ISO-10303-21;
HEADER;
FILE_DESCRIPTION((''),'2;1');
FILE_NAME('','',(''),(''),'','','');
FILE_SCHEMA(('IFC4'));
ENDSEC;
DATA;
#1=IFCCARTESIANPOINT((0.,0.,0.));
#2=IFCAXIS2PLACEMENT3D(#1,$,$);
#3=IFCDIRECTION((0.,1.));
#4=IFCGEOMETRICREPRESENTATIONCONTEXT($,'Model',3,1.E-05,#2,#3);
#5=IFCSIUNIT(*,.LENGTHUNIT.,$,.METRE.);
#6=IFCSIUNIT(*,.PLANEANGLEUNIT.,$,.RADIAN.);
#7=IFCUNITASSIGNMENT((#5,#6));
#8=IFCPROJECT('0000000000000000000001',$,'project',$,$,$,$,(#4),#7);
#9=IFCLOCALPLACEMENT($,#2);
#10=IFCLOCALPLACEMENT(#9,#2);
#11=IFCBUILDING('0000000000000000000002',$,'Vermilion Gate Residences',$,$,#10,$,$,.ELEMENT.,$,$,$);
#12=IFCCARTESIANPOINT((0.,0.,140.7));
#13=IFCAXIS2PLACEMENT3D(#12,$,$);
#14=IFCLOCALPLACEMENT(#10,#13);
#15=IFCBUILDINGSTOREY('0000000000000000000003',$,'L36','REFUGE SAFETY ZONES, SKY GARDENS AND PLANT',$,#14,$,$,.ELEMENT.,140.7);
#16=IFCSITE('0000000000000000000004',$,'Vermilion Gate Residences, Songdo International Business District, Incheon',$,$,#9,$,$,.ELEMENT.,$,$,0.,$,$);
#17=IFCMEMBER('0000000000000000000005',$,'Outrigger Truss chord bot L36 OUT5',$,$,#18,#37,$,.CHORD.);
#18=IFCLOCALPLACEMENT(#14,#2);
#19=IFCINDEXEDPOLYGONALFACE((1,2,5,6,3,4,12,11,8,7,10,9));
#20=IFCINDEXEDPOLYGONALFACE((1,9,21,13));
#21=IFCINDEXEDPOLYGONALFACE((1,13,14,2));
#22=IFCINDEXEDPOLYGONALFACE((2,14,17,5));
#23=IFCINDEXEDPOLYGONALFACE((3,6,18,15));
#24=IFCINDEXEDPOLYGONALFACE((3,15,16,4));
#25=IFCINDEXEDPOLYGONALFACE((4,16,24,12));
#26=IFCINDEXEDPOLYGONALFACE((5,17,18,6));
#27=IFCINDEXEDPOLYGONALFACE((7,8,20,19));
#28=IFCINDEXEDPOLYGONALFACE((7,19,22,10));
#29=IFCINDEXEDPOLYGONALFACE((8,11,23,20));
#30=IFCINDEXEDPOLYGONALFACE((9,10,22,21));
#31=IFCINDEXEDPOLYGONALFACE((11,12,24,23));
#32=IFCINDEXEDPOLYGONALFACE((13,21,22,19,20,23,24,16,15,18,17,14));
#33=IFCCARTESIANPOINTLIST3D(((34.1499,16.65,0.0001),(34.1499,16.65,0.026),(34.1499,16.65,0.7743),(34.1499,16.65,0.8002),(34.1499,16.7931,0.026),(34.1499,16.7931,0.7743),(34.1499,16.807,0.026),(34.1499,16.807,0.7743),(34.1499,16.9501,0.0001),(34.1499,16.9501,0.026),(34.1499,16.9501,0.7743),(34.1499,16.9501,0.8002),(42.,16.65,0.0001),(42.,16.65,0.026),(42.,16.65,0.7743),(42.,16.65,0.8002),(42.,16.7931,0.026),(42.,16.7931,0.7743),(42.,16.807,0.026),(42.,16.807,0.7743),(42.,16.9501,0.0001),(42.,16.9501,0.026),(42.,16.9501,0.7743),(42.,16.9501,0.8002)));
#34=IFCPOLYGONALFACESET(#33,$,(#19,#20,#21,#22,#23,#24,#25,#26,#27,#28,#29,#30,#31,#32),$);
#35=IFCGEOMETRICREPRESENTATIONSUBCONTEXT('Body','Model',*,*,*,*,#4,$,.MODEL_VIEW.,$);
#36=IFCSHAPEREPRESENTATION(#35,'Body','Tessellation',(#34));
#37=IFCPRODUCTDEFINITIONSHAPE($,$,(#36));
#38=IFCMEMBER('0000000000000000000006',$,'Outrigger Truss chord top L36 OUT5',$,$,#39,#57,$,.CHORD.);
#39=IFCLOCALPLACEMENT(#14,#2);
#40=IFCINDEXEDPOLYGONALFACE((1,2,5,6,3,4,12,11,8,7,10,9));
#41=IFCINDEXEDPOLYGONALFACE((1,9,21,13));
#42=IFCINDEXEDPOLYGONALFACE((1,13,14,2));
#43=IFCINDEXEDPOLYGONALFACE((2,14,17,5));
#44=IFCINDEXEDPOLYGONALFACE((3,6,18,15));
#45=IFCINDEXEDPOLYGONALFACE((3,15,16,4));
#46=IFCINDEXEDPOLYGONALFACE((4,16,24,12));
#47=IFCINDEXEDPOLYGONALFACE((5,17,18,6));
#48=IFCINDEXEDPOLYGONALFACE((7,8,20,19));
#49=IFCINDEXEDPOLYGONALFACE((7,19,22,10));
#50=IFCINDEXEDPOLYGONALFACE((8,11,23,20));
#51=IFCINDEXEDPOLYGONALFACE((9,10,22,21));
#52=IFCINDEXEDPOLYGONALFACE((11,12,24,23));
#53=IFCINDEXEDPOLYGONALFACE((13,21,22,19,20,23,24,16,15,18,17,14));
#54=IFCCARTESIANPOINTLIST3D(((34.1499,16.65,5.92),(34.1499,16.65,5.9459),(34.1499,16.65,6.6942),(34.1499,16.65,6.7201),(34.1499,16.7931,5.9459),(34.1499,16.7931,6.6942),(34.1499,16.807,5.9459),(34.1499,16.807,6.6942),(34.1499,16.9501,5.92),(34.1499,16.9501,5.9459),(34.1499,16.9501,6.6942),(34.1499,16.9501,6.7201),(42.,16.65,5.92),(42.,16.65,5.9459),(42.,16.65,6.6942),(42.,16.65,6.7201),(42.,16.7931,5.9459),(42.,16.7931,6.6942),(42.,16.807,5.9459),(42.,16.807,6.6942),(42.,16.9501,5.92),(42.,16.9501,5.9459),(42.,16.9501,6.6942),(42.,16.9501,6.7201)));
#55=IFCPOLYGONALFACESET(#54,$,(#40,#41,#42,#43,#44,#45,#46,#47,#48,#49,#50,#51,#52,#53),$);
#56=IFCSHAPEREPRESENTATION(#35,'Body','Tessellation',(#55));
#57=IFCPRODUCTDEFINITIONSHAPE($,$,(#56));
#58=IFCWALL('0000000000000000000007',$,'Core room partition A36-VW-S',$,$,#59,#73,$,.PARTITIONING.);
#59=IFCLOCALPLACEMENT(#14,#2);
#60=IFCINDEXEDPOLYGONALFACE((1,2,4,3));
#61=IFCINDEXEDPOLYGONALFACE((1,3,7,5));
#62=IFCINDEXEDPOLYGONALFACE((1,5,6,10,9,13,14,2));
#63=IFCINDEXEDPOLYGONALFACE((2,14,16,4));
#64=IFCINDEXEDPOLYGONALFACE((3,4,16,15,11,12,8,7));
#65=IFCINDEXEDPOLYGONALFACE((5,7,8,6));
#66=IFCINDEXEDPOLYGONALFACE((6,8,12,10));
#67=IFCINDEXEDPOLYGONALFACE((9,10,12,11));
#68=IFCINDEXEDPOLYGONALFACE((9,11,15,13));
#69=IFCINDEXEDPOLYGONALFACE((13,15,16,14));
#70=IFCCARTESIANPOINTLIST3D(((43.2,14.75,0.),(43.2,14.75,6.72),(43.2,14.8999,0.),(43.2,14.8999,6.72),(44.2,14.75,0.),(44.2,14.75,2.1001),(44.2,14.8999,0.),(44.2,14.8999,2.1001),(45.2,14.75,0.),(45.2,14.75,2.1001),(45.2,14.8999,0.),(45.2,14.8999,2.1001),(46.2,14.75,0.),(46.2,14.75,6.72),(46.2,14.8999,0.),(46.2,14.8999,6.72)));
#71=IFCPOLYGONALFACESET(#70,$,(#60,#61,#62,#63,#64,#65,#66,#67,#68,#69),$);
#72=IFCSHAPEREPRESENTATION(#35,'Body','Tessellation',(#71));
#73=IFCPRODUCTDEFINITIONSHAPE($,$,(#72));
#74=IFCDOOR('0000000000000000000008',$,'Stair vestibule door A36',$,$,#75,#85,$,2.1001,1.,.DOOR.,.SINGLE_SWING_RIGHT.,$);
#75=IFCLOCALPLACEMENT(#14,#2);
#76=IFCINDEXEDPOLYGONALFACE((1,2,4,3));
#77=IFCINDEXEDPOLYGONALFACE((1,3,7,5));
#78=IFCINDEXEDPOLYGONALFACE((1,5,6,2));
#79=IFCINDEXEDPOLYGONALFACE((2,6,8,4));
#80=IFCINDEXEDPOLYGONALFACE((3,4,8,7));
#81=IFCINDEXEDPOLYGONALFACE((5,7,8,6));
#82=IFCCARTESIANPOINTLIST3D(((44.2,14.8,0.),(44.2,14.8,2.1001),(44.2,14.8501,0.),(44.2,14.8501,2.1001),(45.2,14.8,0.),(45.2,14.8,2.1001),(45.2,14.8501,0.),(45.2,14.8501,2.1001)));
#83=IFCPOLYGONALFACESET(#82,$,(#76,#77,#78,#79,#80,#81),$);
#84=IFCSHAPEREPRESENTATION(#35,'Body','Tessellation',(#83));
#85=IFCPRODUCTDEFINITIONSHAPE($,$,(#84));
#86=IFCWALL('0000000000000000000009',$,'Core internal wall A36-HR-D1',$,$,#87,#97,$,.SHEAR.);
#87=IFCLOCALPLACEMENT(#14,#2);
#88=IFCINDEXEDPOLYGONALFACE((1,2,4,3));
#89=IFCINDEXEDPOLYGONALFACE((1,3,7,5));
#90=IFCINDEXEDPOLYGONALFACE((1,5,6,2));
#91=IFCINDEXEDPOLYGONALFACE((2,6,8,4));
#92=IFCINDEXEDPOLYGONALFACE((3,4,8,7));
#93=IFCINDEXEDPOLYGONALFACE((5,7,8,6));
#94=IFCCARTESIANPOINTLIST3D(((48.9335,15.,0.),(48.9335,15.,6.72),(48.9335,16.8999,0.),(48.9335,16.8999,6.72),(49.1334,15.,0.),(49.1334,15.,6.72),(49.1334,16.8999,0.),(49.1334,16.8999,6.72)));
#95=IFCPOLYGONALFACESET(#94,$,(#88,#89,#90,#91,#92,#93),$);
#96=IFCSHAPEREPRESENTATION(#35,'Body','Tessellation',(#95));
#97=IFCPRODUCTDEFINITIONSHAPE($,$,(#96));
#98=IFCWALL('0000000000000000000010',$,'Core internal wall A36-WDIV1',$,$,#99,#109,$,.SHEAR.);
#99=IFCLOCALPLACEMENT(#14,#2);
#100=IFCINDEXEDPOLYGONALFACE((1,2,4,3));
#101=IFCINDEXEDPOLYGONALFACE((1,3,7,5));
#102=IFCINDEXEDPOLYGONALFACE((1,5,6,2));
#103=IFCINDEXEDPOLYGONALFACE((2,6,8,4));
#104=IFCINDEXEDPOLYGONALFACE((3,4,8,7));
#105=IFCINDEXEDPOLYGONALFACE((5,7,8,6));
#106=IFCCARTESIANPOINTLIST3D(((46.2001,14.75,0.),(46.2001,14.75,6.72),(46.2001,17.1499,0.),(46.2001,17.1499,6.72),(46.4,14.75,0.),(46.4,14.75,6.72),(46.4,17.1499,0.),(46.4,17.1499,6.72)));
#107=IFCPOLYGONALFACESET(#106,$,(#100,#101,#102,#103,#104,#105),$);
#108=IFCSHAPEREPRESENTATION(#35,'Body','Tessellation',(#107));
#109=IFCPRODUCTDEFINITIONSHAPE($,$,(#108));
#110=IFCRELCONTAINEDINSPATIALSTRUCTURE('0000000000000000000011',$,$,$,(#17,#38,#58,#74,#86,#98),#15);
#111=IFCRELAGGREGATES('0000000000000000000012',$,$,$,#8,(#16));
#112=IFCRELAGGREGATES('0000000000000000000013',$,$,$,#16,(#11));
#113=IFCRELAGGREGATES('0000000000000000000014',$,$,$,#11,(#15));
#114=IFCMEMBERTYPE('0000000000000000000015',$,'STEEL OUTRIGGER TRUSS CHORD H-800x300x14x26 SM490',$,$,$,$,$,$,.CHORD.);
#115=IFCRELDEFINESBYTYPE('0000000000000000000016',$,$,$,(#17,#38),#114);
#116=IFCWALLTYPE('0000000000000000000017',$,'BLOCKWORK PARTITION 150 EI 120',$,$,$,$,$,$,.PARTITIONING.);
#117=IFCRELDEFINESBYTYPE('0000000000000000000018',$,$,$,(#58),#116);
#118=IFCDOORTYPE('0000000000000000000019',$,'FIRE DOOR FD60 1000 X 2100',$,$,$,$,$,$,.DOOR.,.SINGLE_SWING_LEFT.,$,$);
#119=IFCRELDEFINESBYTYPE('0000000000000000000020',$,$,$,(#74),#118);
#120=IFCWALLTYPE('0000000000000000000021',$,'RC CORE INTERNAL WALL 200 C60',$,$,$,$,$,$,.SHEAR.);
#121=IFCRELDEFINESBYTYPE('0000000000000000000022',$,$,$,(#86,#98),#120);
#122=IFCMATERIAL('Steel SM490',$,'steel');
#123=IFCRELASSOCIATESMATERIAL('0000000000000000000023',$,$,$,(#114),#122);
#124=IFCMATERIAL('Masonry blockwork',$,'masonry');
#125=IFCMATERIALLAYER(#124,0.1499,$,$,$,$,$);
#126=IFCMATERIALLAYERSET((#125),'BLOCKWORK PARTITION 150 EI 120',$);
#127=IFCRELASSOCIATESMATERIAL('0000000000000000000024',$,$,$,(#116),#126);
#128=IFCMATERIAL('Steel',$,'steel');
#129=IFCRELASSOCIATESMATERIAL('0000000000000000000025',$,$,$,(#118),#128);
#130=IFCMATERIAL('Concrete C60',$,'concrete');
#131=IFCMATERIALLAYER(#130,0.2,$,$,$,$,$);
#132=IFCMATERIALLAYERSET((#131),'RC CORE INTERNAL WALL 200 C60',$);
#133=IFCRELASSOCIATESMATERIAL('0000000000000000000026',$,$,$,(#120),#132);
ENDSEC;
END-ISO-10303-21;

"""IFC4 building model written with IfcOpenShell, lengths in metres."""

from ifc_helpers import new_model, si_unit, direction, frame, frame_2d, origin, origin_2d, place, context, subcontext, project, spatial, rectangle, i_section, extrude, material, layer, layer_set, material_profile, profile_set, type_object, element, fill, save


model = new_model("IFC4")

# Units and contexts
model_context = context("Model", 3, precision=1e-05, world=origin(), true_north=direction((0.0, 1.0)))
body_context = subcontext(model_context, "Body", "Model", "MODEL_VIEW")
ifc_project = project(units=[si_unit("LENGTHUNIT", "METRE"), si_unit("PLANEANGLEUNIT", "RADIAN")], contexts=[model_context])

# Site, building, storey
site_placement = place(None, origin())
site = spatial("IfcSite", under=ifc_project, at=site_placement, Name="Vermilion Gate Residences, Songdo International Business District, Incheon", CompositionType="ELEMENT", RefElevation=0.0)
building_placement = place(site_placement, origin())
building = spatial("IfcBuilding", under=site, at=building_placement, Name="Vermilion Gate Residences", CompositionType="ELEMENT")
storey_placement = place(building_placement, frame((0.0, 0.0, 140.7)))
storey = spatial("IfcBuildingStorey", under=building, at=storey_placement, Name="L36", Description="REFUGE SAFETY ZONES, SKY GARDENS AND PLANT", CompositionType="ELEMENT", Elevation=140.7)

# Members
ifc_material_1 = material(Name="Steel SM490", Category="steel")
ifc_material_profile = material_profile(ifc_material_1, i_section(OverallWidth=0.3, OverallDepth=0.8, WebThickness=0.0139, FlangeThickness=0.0259, at=origin_2d()), Name="H-800x300x14x26")
ifc_profile_set = profile_set([ifc_material_profile], Name="Steel SM490")
member_type = type_object("IfcMemberType", Name="STEEL OUTRIGGER TRUSS CHORD H-800x300x14x26 SM490", PredefinedType="CHORD", material=ifc_profile_set)
for number, where, z_axis, x_axis, name in (
    (1, (42.0, 16.8, 0.4001), (-1.0, 0.0, 0.0), (0.0, -1.0, 0.0), "Outrigger Truss chord bot L36 OUT5"),
    (2, (42.0, 16.8, 6.3201), (-1.0, 0.0, 0.0), (0.0, -1.0, 0.0), "Outrigger Truss chord top L36 OUT5"),
):
    element("IfcMember", number, at=place(storey_placement, frame(where, z_axis=z_axis, x_axis=x_axis)), inside=storey, type_object=member_type, Name=name, PredefinedType="CHORD", context=body_context, shape_type="SweptSolid", body=[
        extrude(i_section(OverallWidth=0.3, OverallDepth=0.8, WebThickness=0.0139, FlangeThickness=0.0259, at=origin_2d()), origin(), (0.0, 0.0, 1.0), 7.8501),
    ])

# Wall, opening, door
ifc_material_2 = material(Name="Masonry blockwork", Category="masonry")
ifc_layer_1 = layer(ifc_material_2, 0.1499)
ifc_layer_set_1 = layer_set([ifc_layer_1], Name="BLOCKWORK PARTITION 150 EI 120")
wall_type_1 = type_object("IfcWallType", Name="BLOCKWORK PARTITION 150 EI 120", PredefinedType="PARTITIONING", material=ifc_layer_set_1)
wall_1_placement = place(storey_placement, frame((43.2, 14.825, 0.0), z_axis=(0.0, 0.0, 1.0), x_axis=(1.0, 0.0, 0.0)))
wall_1 = element("IfcWall", 3, at=wall_1_placement, inside=storey, type_object=wall_type_1, Name="Core room partition A36-VW-S", PredefinedType="PARTITIONING", context=body_context, shape_type="SweptSolid", body=[
    extrude(rectangle(XDim=3.0, YDim=0.1499, at=frame_2d((1.5, 0.0))), origin(), (0.0, 0.0, 1.0), 6.72),
])
opening_1_placement = place(wall_1_placement, frame((1.0, 0.0, 0.0)))
opening_1 = element("IfcOpeningElement", 4, at=opening_1_placement, cuts=wall_1, PredefinedType="OPENING", context=body_context, shape_type="SweptSolid", body=[
    extrude(rectangle(XDim=1.0, YDim=2.1001, at=frame_2d((0.5, 1.05))), frame((0.0, 0.085, 0.0), z_axis=(0.0, -1.0, 0.0), x_axis=(1.0, 0.0, 0.0)), (0.0, 0.0, 1.0), 0.1699),
])
ifc_material_3 = material(Name="Steel", Category="steel")
door_type_1 = type_object("IfcDoorType", Name="FIRE DOOR FD60 1000 X 2100", OperationType="SINGLE_SWING_LEFT", PredefinedType="DOOR", material=ifc_material_3)
door_1_placement = place(opening_1_placement, frame((1.0, 0.0, 0.0), z_axis=(0.0, 0.0, 1.0), x_axis=(-1.0, 0.0, 0.0)))
door_1 = element("IfcDoor", 5, at=door_1_placement, inside=storey, type_object=door_type_1, Name="Stair vestibule door A36", OperationType="SINGLE_SWING_RIGHT", OverallHeight=2.1001, OverallWidth=1.0, PredefinedType="DOOR", context=body_context, shape_type="SweptSolid", body=[
    extrude(rectangle(XDim=1.0, YDim=2.1001, at=frame_2d((0.5, 1.05))), frame((0.0, 0.0249, 0.0), z_axis=(0.0, -1.0, 0.0), x_axis=(1.0, 0.0, 0.0)), (0.0, 0.0, 1.0), 0.05),
])
fill(opening_1, door_1)

# Walls
ifc_material_4 = material(Name="Concrete C60", Category="concrete")
ifc_layer_2 = layer(ifc_material_4, 0.2)
ifc_layer_set_2 = layer_set([ifc_layer_2], Name="RC CORE INTERNAL WALL 200 C60")
wall_type_2 = type_object("IfcWallType", Name="RC CORE INTERNAL WALL 200 C60", PredefinedType="SHEAR", material=ifc_layer_set_2)
wall_2_placement = place(storey_placement, frame((49.0334, 15.0, 0.0), z_axis=(0.0, 0.0, 1.0), x_axis=(0.0, 1.0, 0.0)))
element("IfcWall", 6, at=wall_2_placement, inside=storey, type_object=wall_type_2, Name="Core internal wall A36-HR-D1", PredefinedType="SHEAR", context=body_context, shape_type="SweptSolid", body=[
    extrude(rectangle(XDim=1.8999, YDim=0.2, at=frame_2d((0.95, 0.0))), origin(), (0.0, 0.0, 1.0), 6.72),
])
wall_3_placement = place(storey_placement, frame((46.3, 14.75, 0.0), z_axis=(0.0, 0.0, 1.0), x_axis=(0.0, 1.0, 0.0)))
element("IfcWall", 7, at=wall_3_placement, inside=storey, type_object=wall_type_2, Name="Core internal wall A36-WDIV1", PredefinedType="SHEAR", context=body_context, shape_type="SweptSolid", body=[
    extrude(rectangle(XDim=2.3999, YDim=0.2, at=frame_2d((1.2, 0.0))), origin(), (0.0, 0.0, 1.0), 6.72),
])

save(model, "model.ifc")
